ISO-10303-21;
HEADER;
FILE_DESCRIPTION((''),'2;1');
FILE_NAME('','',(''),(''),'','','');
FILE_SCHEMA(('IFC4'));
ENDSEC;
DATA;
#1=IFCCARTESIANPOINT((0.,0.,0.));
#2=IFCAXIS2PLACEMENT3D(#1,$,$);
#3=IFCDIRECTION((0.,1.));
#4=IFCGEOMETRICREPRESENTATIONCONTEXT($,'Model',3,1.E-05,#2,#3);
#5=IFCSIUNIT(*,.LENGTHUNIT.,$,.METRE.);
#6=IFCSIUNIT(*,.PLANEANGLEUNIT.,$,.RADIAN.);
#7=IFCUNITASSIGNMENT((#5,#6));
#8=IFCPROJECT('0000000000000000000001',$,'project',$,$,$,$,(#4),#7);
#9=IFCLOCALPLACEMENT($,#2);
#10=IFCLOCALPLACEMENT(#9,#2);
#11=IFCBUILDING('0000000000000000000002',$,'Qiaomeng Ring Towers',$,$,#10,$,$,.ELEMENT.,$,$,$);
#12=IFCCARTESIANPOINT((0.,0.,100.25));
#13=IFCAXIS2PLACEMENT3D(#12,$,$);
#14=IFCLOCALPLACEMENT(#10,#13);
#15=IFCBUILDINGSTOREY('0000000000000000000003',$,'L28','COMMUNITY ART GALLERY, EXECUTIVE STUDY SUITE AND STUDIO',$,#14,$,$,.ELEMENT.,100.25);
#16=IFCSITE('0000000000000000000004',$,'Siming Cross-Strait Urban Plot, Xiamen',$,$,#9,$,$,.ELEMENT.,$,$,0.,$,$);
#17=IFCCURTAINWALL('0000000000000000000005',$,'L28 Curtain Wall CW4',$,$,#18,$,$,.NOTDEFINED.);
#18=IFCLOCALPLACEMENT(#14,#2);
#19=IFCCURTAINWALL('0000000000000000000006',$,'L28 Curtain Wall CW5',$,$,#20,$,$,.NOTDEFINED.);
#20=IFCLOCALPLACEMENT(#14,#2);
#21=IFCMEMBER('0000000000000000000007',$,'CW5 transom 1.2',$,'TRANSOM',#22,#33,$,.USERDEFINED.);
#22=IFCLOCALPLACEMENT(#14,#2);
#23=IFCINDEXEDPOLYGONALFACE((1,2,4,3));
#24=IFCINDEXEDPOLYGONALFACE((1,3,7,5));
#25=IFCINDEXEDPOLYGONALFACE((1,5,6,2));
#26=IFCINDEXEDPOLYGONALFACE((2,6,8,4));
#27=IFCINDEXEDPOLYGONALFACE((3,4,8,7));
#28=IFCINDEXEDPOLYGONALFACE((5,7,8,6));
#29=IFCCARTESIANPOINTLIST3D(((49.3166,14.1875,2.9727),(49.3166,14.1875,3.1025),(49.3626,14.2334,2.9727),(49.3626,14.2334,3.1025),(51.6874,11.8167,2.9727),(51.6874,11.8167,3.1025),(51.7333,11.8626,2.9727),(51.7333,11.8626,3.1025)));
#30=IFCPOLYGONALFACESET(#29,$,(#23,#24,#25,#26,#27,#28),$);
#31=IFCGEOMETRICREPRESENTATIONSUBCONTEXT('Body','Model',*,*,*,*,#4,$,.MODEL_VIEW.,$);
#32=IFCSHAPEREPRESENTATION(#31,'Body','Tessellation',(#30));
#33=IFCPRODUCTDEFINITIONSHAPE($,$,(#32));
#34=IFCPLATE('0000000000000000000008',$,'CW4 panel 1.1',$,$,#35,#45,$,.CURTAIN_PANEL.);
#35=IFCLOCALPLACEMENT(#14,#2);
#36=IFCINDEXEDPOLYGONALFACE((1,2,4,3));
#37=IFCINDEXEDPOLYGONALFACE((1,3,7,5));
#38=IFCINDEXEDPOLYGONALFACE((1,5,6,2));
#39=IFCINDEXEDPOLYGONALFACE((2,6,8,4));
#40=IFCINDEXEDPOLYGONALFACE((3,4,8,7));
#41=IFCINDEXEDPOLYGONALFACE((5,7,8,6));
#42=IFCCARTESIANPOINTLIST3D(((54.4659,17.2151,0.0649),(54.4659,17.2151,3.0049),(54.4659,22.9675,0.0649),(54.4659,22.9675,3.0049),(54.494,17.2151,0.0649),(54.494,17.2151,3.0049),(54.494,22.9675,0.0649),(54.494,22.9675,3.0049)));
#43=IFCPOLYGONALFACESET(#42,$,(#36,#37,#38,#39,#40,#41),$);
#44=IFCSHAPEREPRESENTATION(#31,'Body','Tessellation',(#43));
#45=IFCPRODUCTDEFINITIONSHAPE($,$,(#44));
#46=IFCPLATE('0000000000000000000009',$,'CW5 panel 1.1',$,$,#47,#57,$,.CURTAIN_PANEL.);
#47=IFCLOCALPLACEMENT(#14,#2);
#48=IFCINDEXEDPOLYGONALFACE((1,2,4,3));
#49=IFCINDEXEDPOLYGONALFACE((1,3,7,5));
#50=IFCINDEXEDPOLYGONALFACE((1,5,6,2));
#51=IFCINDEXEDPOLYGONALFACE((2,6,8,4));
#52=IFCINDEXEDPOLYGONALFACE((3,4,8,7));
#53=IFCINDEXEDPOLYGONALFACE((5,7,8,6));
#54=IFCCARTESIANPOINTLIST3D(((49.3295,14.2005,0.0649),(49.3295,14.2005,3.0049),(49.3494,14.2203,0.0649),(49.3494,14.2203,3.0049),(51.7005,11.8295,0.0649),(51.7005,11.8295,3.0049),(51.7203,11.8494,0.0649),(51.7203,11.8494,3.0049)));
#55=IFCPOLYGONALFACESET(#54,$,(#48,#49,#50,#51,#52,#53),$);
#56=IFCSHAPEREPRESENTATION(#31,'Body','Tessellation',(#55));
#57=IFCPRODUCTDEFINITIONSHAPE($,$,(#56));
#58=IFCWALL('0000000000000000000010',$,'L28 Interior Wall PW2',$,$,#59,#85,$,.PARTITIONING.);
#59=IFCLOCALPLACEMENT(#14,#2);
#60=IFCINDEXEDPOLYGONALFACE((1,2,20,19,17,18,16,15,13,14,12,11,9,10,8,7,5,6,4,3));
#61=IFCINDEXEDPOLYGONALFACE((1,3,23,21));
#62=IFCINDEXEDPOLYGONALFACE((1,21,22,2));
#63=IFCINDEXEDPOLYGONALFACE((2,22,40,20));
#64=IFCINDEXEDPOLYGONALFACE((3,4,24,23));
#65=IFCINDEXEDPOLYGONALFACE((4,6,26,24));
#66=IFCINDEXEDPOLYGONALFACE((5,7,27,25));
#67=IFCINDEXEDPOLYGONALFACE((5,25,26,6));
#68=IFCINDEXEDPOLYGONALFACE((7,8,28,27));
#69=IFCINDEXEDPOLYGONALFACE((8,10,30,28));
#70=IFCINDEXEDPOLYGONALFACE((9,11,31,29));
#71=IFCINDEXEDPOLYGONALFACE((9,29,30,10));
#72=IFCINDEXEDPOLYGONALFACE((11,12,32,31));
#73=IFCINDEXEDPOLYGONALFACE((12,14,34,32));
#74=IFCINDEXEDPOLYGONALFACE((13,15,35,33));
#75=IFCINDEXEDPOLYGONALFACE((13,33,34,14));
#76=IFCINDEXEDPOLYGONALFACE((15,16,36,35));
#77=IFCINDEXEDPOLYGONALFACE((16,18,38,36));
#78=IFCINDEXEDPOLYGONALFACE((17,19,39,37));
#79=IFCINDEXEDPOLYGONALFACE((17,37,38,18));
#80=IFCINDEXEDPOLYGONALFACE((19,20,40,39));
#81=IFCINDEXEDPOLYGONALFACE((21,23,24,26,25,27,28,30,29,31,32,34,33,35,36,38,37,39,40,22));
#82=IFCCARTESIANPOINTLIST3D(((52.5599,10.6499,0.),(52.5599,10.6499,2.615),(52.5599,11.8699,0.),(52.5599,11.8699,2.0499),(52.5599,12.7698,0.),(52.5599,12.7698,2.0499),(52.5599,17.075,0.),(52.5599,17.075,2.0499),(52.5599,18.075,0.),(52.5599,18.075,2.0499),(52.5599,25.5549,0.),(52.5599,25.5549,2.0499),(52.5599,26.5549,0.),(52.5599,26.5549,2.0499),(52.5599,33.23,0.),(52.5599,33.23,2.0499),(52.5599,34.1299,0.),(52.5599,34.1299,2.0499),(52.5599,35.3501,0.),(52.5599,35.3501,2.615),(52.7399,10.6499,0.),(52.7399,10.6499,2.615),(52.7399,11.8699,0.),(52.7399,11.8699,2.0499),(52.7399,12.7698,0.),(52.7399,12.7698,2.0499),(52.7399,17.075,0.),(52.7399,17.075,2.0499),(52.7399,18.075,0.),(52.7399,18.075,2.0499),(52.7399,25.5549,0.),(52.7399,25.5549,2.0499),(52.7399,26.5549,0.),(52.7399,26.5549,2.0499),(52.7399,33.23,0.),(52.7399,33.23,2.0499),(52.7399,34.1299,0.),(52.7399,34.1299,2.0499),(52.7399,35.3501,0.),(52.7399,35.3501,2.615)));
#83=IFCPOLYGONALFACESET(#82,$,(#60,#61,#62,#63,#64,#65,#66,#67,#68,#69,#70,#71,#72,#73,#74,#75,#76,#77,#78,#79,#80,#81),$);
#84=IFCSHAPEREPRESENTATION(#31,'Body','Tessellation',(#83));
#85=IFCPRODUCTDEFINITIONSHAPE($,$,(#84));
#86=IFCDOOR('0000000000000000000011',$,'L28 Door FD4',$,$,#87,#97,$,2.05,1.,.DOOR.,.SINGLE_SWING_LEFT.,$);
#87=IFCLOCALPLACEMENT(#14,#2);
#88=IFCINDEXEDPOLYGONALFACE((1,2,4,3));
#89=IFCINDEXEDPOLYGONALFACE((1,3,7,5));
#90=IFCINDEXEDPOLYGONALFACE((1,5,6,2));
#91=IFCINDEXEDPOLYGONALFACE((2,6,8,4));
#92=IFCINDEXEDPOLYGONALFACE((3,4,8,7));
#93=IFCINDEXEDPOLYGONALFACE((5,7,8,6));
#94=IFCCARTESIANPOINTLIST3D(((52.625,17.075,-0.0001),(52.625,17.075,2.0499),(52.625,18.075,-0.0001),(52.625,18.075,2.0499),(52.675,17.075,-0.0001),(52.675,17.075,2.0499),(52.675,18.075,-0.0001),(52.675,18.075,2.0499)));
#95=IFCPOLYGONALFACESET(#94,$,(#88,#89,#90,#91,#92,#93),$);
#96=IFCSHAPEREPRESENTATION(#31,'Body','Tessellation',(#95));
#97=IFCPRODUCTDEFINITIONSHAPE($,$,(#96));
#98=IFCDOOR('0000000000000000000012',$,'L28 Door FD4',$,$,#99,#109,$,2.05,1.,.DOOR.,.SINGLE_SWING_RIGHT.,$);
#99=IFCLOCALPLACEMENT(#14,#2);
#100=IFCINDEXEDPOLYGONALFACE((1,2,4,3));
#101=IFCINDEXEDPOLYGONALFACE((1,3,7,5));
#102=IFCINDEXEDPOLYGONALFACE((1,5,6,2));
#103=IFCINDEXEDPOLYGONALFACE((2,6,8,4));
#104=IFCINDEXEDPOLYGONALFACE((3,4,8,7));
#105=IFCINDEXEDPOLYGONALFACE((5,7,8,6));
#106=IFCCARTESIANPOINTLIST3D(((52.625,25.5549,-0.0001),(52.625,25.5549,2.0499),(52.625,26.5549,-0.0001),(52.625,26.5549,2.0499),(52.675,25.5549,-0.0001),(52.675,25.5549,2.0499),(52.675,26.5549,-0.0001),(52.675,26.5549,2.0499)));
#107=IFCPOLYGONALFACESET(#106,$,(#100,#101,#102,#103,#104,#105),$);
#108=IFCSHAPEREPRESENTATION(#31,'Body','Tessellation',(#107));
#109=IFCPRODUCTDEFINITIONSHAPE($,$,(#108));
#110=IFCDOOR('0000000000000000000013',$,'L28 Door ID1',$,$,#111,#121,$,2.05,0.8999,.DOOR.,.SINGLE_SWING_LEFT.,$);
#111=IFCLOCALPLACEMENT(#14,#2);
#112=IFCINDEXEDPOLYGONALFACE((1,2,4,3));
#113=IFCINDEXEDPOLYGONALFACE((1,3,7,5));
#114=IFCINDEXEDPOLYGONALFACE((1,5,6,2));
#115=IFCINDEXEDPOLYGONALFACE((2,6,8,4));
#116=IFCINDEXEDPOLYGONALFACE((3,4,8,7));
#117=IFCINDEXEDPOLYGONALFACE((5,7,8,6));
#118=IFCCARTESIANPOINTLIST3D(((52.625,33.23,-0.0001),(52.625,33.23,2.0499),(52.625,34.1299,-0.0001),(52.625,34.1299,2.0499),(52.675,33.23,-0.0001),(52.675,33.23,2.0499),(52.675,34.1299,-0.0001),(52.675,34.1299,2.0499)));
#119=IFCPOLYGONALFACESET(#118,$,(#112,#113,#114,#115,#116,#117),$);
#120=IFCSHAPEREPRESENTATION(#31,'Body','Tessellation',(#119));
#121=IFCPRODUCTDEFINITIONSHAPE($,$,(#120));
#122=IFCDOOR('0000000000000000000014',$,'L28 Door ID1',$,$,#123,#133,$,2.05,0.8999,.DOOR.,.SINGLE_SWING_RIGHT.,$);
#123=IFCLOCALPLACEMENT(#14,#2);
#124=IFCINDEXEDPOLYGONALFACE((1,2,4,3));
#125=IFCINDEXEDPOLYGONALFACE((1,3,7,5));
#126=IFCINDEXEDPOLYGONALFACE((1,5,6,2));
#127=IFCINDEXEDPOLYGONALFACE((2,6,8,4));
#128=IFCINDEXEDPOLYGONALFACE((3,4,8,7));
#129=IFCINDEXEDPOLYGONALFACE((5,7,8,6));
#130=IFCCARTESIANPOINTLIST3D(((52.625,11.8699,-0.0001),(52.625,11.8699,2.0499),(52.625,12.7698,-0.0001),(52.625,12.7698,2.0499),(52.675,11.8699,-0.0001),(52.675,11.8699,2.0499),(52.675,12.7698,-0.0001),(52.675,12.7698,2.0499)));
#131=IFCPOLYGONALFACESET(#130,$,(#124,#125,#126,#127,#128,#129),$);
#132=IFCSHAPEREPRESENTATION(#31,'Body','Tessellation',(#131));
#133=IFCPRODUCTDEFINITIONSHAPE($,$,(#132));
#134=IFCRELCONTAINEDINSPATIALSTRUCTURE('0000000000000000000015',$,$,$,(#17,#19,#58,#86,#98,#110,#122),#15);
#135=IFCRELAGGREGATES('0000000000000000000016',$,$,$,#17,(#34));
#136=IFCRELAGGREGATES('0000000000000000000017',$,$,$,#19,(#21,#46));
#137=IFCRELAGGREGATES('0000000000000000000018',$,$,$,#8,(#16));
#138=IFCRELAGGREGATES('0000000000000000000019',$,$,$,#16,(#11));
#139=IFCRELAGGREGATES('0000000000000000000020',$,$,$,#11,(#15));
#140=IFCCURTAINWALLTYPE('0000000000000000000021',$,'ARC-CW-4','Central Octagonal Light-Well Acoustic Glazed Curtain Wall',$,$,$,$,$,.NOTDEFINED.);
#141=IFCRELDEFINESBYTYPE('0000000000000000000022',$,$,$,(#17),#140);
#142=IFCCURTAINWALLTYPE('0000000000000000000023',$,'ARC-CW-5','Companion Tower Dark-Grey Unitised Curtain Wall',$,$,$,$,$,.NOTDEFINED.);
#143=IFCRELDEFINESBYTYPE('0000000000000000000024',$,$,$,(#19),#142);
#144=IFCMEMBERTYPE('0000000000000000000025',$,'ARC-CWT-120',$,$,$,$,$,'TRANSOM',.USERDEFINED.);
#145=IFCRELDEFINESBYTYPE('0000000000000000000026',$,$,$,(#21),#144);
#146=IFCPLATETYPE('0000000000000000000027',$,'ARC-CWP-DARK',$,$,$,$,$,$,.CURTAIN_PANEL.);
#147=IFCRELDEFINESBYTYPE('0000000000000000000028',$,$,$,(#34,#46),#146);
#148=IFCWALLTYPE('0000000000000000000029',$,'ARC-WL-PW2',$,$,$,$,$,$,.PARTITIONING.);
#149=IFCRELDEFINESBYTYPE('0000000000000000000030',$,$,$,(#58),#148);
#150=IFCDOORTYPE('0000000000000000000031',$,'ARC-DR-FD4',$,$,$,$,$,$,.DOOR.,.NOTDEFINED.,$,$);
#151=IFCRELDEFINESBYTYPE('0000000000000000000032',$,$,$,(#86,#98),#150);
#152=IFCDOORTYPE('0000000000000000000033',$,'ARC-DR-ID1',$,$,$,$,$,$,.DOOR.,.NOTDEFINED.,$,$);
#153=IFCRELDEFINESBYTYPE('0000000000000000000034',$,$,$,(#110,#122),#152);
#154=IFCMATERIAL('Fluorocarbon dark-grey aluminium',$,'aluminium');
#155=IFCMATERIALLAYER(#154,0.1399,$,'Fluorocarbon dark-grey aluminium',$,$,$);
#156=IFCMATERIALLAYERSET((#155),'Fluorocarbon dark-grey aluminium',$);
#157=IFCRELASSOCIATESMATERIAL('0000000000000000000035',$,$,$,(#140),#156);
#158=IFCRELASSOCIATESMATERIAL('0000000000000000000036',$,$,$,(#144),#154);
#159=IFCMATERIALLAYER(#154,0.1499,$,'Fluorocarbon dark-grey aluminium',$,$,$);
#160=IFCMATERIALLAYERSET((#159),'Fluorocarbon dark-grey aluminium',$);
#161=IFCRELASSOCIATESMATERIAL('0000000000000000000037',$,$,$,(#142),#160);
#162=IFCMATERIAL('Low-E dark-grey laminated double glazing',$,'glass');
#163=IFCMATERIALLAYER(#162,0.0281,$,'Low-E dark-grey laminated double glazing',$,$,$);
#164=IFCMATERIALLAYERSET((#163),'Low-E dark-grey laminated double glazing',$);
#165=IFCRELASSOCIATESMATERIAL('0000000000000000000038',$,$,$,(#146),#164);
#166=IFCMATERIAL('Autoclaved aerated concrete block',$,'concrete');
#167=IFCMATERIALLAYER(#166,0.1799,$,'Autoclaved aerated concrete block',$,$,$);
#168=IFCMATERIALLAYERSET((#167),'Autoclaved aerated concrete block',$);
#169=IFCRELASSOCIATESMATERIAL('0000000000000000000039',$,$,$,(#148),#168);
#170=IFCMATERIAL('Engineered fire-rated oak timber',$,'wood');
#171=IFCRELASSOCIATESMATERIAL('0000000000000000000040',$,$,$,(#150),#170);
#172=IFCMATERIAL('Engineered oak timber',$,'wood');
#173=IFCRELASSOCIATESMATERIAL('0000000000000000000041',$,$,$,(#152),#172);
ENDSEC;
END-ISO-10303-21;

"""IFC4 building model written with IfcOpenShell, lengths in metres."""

from ifc_helpers import new_model, si_unit, direction, frame, frame_2d, origin, origin_2d, place, context, subcontext, project, spatial, rectangle, extrude, source, transform, mapped, material, layer, layer_set, material_profile, profile_set, type_object, element, fill, aggregate, save


model = new_model("IFC4")

# Units and contexts
model_context = context("Model", 3, precision=1e-05, world=origin(), true_north=direction((0.0, 1.0)))
body_context = subcontext(model_context, "Body", "Model", "MODEL_VIEW")
ifc_project = project(units=[si_unit("LENGTHUNIT", "METRE"), si_unit("PLANEANGLEUNIT", "RADIAN")], contexts=[model_context])

# Site, building, storey
site_placement = place(None, origin())
site = spatial("IfcSite", under=ifc_project, at=site_placement, Name="Siming Cross-Strait Urban Plot, Xiamen", CompositionType="ELEMENT", RefElevation=0.0)
building_placement = place(site_placement, origin())
building = spatial("IfcBuilding", under=site, at=building_placement, Name="Qiaomeng Ring Towers", CompositionType="ELEMENT")
storey_placement = place(building_placement, frame((0.0, 0.0, 100.25)))
storey = spatial("IfcBuildingStorey", under=building, at=storey_placement, Name="L28", Description="COMMUNITY ART GALLERY, EXECUTIVE STUDY SUITE AND STUDIO", CompositionType="ELEMENT", Elevation=100.25)

# Curtain walls
ifc_material_1 = material(Name="Fluorocarbon dark-grey aluminium", Category="aluminium")
ifc_layer_1 = layer(ifc_material_1, 0.1399, Name="Fluorocarbon dark-grey aluminium")
ifc_layer_set_1 = layer_set([ifc_layer_1], Name="Fluorocarbon dark-grey aluminium")
curtain_wall_type_1 = type_object("IfcCurtainWallType", Name="ARC-CW-4", Description="Central Octagonal Light-Well Acoustic Glazed Curtain Wall", PredefinedType="NOTDEFINED", material=ifc_layer_set_1)
curtain_wall_1_placement = place(storey_placement, origin())
curtain_wall_1 = element("IfcCurtainWall", 1, at=curtain_wall_1_placement, inside=storey, type_object=curtain_wall_type_1, Name="L28 Curtain Wall CW4", PredefinedType="NOTDEFINED")
ifc_material_profile_1 = material_profile(ifc_material_1, rectangle(XDim=0.0649, YDim=0.1299, at=origin_2d()), Name="ALU TRAN 65x130")
ifc_profile_set_1 = profile_set([ifc_material_profile_1], Name="Fluorocarbon dark-grey aluminium")
member_type_1 = type_object("IfcMemberType", Name="ARC-CWT-120", ElementType="TRANSOM", PredefinedType="USERDEFINED", material=ifc_profile_set_1)
ifc_layer_2 = layer(ifc_material_1, 0.1499, Name="Fluorocarbon dark-grey aluminium")
ifc_layer_set_2 = layer_set([ifc_layer_2], Name="Fluorocarbon dark-grey aluminium")
curtain_wall_type_2 = type_object("IfcCurtainWallType", Name="ARC-CW-5", Description="Companion Tower Dark-Grey Unitised Curtain Wall", PredefinedType="NOTDEFINED", material=ifc_layer_set_2)
curtain_wall_2_placement = place(storey_placement, origin())
curtain_wall_2 = element("IfcCurtainWall", 2, at=curtain_wall_2_placement, inside=storey, type_object=curtain_wall_type_2, Name="L28 Curtain Wall CW5", PredefinedType="NOTDEFINED")

# Member
shared_shape_1 = source(origin(), body_context, "Body", "SweptSolid", [
    extrude(rectangle(XDim=0.0649, YDim=0.1299, at=origin_2d()), origin(), (0.0, 0.0, 1.0), 3.3528),
])
member_1_placement = place(storey_placement, frame((49.3396, 14.2104, 3.0376), z_axis=(0.707107, -0.707107, 0.0), x_axis=(0.707107, 0.707107, 0.0)))
member_1 = element("IfcMember", 3, at=member_1_placement, type_object=member_type_1, Name="CW5 transom 1.2", ObjectType="TRANSOM", PredefinedType="USERDEFINED", context=body_context, shape_type="MappedRepresentation", body=[
    mapped(shared_shape_1, transform((0.0, 0.0, 0.0), x_axis=(1.0, 0.0, 0.0), y_axis=(0.0, 1.0, 0.0), z_axis=(0.0, 0.0, 1.0), scale=1.0)),
])

# Plates
ifc_material_2 = material(Name="Low-E dark-grey laminated double glazing", Category="glass")
ifc_layer_3 = layer(ifc_material_2, 0.0281, Name="Low-E dark-grey laminated double glazing")
ifc_layer_set_3 = layer_set([ifc_layer_3], Name="Low-E dark-grey laminated double glazing")
plate_type = type_object("IfcPlateType", Name="ARC-CWP-DARK", PredefinedType="CURTAIN_PANEL", material=ifc_layer_set_3)
shared_shape_2 = source(origin(), body_context, "Body", "SweptSolid", [
    extrude(rectangle(XDim=5.7524, YDim=0.0281, at=origin_2d()), origin(), (0.0, 0.0, 1.0), 2.9399),
])
plate_1_placement = place(storey_placement, frame((54.48, 20.0913, 0.0649), z_axis=(0.0, 0.0, 1.0), x_axis=(0.0, 1.0, 0.0)))
plate_1 = element("IfcPlate", 4, at=plate_1_placement, type_object=plate_type, Name="CW4 panel 1.1", PredefinedType="CURTAIN_PANEL", context=body_context, shape_type="MappedRepresentation", body=[
    mapped(shared_shape_2, transform((0.0, 0.0, 0.0), x_axis=(1.0, 0.0, 0.0), y_axis=(0.0, 1.0, 0.0), z_axis=(0.0, 0.0, 1.0), scale=1.0)),
])
aggregate(curtain_wall_1, [plate_1])
shared_shape_3 = source(origin(), body_context, "Body", "SweptSolid", [
    extrude(rectangle(XDim=3.353, YDim=0.0281, at=origin_2d()), origin(), (0.0, 0.0, 1.0), 2.9399),
])
plate_2_placement = place(storey_placement, frame((50.5249, 13.0249, 0.0649), z_axis=(0.0, 0.0, 1.0), x_axis=(0.707107, -0.707107, 0.0)))
plate_2 = element("IfcPlate", 5, at=plate_2_placement, type_object=plate_type, Name="CW5 panel 1.1", PredefinedType="CURTAIN_PANEL", context=body_context, shape_type="MappedRepresentation", body=[
    mapped(shared_shape_3, transform((0.0, 0.0, 0.0), x_axis=(1.0, 0.0, 0.0), y_axis=(0.0, 1.0, 0.0), z_axis=(0.0, 0.0, 1.0), scale=1.0)),
])
aggregate(curtain_wall_2, [member_1, plate_2])

# Wall, openings, doors
ifc_material_3 = material(Name="Autoclaved aerated concrete block", Category="concrete")
ifc_layer_4 = layer(ifc_material_3, 0.1799, Name="Autoclaved aerated concrete block")
ifc_layer_set_4 = layer_set([ifc_layer_4], Name="Autoclaved aerated concrete block")
wall_type_1 = type_object("IfcWallType", Name="ARC-WL-PW2", PredefinedType="PARTITIONING", material=ifc_layer_set_4)
wall_1_placement = place(storey_placement, frame((52.6499, 10.6499, 0.0), z_axis=(0.0, 0.0, 1.0), x_axis=(0.0, 1.0, 0.0)))
wall_1 = element("IfcWall", 6, at=wall_1_placement, inside=storey, type_object=wall_type_1, Name="L28 Interior Wall PW2", PredefinedType="PARTITIONING", context=body_context, shape_type="SweptSolid", body=[
    extrude(rectangle(XDim=24.7002, YDim=0.1799, at=frame_2d((12.3501, 0.0))), origin(), (0.0, 0.0, 1.0), 2.615),
])
opening_1_placement = place(wall_1_placement, frame((22.5801, 0.0, 0.0)))
opening_1 = element("IfcOpeningElement", 7, at=opening_1_placement, cuts=wall_1, PredefinedType="OPENING", context=body_context, shape_type="SweptSolid", body=[
    extrude(rectangle(XDim=0.8999, YDim=2.05, at=frame_2d((0.45, 1.0249))), frame((0.0, 0.0999, 0.0), z_axis=(0.0, -1.0, 0.0), x_axis=(1.0, 0.0, 0.0)), (0.0, 0.0, 1.0), 0.2),
])
opening_2_placement = place(wall_1_placement, frame((1.22, 0.0, 0.0)))
opening_2 = element("IfcOpeningElement", 8, at=opening_2_placement, cuts=wall_1, PredefinedType="OPENING", context=body_context, shape_type="SweptSolid", body=[
    extrude(rectangle(XDim=0.8999, YDim=2.05, at=frame_2d((0.45, 1.0249))), frame((0.0, 0.0999, 0.0), z_axis=(0.0, -1.0, 0.0), x_axis=(1.0, 0.0, 0.0)), (0.0, 0.0, 1.0), 0.2),
])
opening_3_placement = place(wall_1_placement, frame((6.425, 0.0, 0.0)))
opening_3 = element("IfcOpeningElement", 9, at=opening_3_placement, cuts=wall_1, PredefinedType="OPENING", context=body_context, shape_type="SweptSolid", body=[
    extrude(rectangle(XDim=1.0, YDim=2.05, at=frame_2d((0.5, 1.0249))), frame((0.0, 0.0999, 0.0), z_axis=(0.0, -1.0, 0.0), x_axis=(1.0, 0.0, 0.0)), (0.0, 0.0, 1.0), 0.2),
])
opening_4_placement = place(wall_1_placement, frame((14.905, 0.0, 0.0)))
opening_4 = element("IfcOpeningElement", 10, at=opening_4_placement, cuts=wall_1, PredefinedType="OPENING", context=body_context, shape_type="SweptSolid", body=[
    extrude(rectangle(XDim=1.0, YDim=2.05, at=frame_2d((0.5, 1.0249))), frame((0.0, 0.0999, 0.0), z_axis=(0.0, -1.0, 0.0), x_axis=(1.0, 0.0, 0.0)), (0.0, 0.0, 1.0), 0.2),
])
ifc_material_4 = material(Name="Engineered fire-rated oak timber", Category="wood")
door_type_1 = type_object("IfcDoorType", Name="ARC-DR-FD4", OperationType="NOTDEFINED", PredefinedType="DOOR", material=ifc_material_4)
shared_shape_4 = source(origin(), body_context, "Body", "SweptSolid", [
    extrude(rectangle(XDim=1.0, YDim=2.05, at=frame_2d((0.5, 1.0249))), frame((0.0, 0.0249, 0.0), z_axis=(0.0, -1.0, 0.0), x_axis=(1.0, 0.0, 0.0)), (0.0, 0.0, 1.0), 0.05),
])
door_1_placement = place(opening_3_placement, origin())
door_1 = element("IfcDoor", 11, at=door_1_placement, inside=storey, type_object=door_type_1, Name="L28 Door FD4", OperationType="SINGLE_SWING_LEFT", OverallHeight=2.05, OverallWidth=1.0, PredefinedType="DOOR", context=body_context, shape_type="MappedRepresentation", body=[
    mapped(shared_shape_4, transform((0.0, 0.0, 0.0), x_axis=(1.0, 0.0, 0.0), y_axis=(0.0, 1.0, 0.0), z_axis=(0.0, 0.0, 1.0), scale=1.0)),
])
fill(opening_3, door_1)
door_2_placement = place(opening_4_placement, origin())
door_2 = element("IfcDoor", 12, at=door_2_placement, inside=storey, type_object=door_type_1, Name="L28 Door FD4", OperationType="SINGLE_SWING_RIGHT", OverallHeight=2.05, OverallWidth=1.0, PredefinedType="DOOR", context=body_context, shape_type="MappedRepresentation", body=[
    mapped(shared_shape_4, transform((0.0, 0.0, 0.0), x_axis=(1.0, 0.0, 0.0), y_axis=(0.0, 1.0, 0.0), z_axis=(0.0, 0.0, 1.0), scale=1.0)),
])
fill(opening_4, door_2)
ifc_material_5 = material(Name="Engineered oak timber", Category="wood")
door_type_2 = type_object("IfcDoorType", Name="ARC-DR-ID1", OperationType="NOTDEFINED", PredefinedType="DOOR", material=ifc_material_5)
shared_shape_5 = source(origin(), body_context, "Body", "SweptSolid", [
    extrude(rectangle(XDim=0.8999, YDim=2.05, at=frame_2d((0.45, 1.0249))), frame((0.0, 0.0249, 0.0), z_axis=(0.0, -1.0, 0.0), x_axis=(1.0, 0.0, 0.0)), (0.0, 0.0, 1.0), 0.05),
])
door_3_placement = place(opening_1_placement, origin())
door_3 = element("IfcDoor", 13, at=door_3_placement, inside=storey, type_object=door_type_2, Name="L28 Door ID1", OperationType="SINGLE_SWING_LEFT", OverallHeight=2.05, OverallWidth=0.8999, PredefinedType="DOOR", context=body_context, shape_type="MappedRepresentation", body=[
    mapped(shared_shape_5, transform((0.0, 0.0, 0.0), x_axis=(1.0, 0.0, 0.0), y_axis=(0.0, 1.0, 0.0), z_axis=(0.0, 0.0, 1.0), scale=1.0)),
])
fill(opening_1, door_3)
door_4_placement = place(opening_2_placement, origin())
door_4 = element("IfcDoor", 14, at=door_4_placement, inside=storey, type_object=door_type_2, Name="L28 Door ID1", OperationType="SINGLE_SWING_RIGHT", OverallHeight=2.05, OverallWidth=0.8999, PredefinedType="DOOR", context=body_context, shape_type="MappedRepresentation", body=[
    mapped(shared_shape_5, transform((0.0, 0.0, 0.0), x_axis=(1.0, 0.0, 0.0), y_axis=(0.0, 1.0, 0.0), z_axis=(0.0, 0.0, 1.0), scale=1.0)),
])
fill(opening_2, door_4)

save(model, "model.ifc")
